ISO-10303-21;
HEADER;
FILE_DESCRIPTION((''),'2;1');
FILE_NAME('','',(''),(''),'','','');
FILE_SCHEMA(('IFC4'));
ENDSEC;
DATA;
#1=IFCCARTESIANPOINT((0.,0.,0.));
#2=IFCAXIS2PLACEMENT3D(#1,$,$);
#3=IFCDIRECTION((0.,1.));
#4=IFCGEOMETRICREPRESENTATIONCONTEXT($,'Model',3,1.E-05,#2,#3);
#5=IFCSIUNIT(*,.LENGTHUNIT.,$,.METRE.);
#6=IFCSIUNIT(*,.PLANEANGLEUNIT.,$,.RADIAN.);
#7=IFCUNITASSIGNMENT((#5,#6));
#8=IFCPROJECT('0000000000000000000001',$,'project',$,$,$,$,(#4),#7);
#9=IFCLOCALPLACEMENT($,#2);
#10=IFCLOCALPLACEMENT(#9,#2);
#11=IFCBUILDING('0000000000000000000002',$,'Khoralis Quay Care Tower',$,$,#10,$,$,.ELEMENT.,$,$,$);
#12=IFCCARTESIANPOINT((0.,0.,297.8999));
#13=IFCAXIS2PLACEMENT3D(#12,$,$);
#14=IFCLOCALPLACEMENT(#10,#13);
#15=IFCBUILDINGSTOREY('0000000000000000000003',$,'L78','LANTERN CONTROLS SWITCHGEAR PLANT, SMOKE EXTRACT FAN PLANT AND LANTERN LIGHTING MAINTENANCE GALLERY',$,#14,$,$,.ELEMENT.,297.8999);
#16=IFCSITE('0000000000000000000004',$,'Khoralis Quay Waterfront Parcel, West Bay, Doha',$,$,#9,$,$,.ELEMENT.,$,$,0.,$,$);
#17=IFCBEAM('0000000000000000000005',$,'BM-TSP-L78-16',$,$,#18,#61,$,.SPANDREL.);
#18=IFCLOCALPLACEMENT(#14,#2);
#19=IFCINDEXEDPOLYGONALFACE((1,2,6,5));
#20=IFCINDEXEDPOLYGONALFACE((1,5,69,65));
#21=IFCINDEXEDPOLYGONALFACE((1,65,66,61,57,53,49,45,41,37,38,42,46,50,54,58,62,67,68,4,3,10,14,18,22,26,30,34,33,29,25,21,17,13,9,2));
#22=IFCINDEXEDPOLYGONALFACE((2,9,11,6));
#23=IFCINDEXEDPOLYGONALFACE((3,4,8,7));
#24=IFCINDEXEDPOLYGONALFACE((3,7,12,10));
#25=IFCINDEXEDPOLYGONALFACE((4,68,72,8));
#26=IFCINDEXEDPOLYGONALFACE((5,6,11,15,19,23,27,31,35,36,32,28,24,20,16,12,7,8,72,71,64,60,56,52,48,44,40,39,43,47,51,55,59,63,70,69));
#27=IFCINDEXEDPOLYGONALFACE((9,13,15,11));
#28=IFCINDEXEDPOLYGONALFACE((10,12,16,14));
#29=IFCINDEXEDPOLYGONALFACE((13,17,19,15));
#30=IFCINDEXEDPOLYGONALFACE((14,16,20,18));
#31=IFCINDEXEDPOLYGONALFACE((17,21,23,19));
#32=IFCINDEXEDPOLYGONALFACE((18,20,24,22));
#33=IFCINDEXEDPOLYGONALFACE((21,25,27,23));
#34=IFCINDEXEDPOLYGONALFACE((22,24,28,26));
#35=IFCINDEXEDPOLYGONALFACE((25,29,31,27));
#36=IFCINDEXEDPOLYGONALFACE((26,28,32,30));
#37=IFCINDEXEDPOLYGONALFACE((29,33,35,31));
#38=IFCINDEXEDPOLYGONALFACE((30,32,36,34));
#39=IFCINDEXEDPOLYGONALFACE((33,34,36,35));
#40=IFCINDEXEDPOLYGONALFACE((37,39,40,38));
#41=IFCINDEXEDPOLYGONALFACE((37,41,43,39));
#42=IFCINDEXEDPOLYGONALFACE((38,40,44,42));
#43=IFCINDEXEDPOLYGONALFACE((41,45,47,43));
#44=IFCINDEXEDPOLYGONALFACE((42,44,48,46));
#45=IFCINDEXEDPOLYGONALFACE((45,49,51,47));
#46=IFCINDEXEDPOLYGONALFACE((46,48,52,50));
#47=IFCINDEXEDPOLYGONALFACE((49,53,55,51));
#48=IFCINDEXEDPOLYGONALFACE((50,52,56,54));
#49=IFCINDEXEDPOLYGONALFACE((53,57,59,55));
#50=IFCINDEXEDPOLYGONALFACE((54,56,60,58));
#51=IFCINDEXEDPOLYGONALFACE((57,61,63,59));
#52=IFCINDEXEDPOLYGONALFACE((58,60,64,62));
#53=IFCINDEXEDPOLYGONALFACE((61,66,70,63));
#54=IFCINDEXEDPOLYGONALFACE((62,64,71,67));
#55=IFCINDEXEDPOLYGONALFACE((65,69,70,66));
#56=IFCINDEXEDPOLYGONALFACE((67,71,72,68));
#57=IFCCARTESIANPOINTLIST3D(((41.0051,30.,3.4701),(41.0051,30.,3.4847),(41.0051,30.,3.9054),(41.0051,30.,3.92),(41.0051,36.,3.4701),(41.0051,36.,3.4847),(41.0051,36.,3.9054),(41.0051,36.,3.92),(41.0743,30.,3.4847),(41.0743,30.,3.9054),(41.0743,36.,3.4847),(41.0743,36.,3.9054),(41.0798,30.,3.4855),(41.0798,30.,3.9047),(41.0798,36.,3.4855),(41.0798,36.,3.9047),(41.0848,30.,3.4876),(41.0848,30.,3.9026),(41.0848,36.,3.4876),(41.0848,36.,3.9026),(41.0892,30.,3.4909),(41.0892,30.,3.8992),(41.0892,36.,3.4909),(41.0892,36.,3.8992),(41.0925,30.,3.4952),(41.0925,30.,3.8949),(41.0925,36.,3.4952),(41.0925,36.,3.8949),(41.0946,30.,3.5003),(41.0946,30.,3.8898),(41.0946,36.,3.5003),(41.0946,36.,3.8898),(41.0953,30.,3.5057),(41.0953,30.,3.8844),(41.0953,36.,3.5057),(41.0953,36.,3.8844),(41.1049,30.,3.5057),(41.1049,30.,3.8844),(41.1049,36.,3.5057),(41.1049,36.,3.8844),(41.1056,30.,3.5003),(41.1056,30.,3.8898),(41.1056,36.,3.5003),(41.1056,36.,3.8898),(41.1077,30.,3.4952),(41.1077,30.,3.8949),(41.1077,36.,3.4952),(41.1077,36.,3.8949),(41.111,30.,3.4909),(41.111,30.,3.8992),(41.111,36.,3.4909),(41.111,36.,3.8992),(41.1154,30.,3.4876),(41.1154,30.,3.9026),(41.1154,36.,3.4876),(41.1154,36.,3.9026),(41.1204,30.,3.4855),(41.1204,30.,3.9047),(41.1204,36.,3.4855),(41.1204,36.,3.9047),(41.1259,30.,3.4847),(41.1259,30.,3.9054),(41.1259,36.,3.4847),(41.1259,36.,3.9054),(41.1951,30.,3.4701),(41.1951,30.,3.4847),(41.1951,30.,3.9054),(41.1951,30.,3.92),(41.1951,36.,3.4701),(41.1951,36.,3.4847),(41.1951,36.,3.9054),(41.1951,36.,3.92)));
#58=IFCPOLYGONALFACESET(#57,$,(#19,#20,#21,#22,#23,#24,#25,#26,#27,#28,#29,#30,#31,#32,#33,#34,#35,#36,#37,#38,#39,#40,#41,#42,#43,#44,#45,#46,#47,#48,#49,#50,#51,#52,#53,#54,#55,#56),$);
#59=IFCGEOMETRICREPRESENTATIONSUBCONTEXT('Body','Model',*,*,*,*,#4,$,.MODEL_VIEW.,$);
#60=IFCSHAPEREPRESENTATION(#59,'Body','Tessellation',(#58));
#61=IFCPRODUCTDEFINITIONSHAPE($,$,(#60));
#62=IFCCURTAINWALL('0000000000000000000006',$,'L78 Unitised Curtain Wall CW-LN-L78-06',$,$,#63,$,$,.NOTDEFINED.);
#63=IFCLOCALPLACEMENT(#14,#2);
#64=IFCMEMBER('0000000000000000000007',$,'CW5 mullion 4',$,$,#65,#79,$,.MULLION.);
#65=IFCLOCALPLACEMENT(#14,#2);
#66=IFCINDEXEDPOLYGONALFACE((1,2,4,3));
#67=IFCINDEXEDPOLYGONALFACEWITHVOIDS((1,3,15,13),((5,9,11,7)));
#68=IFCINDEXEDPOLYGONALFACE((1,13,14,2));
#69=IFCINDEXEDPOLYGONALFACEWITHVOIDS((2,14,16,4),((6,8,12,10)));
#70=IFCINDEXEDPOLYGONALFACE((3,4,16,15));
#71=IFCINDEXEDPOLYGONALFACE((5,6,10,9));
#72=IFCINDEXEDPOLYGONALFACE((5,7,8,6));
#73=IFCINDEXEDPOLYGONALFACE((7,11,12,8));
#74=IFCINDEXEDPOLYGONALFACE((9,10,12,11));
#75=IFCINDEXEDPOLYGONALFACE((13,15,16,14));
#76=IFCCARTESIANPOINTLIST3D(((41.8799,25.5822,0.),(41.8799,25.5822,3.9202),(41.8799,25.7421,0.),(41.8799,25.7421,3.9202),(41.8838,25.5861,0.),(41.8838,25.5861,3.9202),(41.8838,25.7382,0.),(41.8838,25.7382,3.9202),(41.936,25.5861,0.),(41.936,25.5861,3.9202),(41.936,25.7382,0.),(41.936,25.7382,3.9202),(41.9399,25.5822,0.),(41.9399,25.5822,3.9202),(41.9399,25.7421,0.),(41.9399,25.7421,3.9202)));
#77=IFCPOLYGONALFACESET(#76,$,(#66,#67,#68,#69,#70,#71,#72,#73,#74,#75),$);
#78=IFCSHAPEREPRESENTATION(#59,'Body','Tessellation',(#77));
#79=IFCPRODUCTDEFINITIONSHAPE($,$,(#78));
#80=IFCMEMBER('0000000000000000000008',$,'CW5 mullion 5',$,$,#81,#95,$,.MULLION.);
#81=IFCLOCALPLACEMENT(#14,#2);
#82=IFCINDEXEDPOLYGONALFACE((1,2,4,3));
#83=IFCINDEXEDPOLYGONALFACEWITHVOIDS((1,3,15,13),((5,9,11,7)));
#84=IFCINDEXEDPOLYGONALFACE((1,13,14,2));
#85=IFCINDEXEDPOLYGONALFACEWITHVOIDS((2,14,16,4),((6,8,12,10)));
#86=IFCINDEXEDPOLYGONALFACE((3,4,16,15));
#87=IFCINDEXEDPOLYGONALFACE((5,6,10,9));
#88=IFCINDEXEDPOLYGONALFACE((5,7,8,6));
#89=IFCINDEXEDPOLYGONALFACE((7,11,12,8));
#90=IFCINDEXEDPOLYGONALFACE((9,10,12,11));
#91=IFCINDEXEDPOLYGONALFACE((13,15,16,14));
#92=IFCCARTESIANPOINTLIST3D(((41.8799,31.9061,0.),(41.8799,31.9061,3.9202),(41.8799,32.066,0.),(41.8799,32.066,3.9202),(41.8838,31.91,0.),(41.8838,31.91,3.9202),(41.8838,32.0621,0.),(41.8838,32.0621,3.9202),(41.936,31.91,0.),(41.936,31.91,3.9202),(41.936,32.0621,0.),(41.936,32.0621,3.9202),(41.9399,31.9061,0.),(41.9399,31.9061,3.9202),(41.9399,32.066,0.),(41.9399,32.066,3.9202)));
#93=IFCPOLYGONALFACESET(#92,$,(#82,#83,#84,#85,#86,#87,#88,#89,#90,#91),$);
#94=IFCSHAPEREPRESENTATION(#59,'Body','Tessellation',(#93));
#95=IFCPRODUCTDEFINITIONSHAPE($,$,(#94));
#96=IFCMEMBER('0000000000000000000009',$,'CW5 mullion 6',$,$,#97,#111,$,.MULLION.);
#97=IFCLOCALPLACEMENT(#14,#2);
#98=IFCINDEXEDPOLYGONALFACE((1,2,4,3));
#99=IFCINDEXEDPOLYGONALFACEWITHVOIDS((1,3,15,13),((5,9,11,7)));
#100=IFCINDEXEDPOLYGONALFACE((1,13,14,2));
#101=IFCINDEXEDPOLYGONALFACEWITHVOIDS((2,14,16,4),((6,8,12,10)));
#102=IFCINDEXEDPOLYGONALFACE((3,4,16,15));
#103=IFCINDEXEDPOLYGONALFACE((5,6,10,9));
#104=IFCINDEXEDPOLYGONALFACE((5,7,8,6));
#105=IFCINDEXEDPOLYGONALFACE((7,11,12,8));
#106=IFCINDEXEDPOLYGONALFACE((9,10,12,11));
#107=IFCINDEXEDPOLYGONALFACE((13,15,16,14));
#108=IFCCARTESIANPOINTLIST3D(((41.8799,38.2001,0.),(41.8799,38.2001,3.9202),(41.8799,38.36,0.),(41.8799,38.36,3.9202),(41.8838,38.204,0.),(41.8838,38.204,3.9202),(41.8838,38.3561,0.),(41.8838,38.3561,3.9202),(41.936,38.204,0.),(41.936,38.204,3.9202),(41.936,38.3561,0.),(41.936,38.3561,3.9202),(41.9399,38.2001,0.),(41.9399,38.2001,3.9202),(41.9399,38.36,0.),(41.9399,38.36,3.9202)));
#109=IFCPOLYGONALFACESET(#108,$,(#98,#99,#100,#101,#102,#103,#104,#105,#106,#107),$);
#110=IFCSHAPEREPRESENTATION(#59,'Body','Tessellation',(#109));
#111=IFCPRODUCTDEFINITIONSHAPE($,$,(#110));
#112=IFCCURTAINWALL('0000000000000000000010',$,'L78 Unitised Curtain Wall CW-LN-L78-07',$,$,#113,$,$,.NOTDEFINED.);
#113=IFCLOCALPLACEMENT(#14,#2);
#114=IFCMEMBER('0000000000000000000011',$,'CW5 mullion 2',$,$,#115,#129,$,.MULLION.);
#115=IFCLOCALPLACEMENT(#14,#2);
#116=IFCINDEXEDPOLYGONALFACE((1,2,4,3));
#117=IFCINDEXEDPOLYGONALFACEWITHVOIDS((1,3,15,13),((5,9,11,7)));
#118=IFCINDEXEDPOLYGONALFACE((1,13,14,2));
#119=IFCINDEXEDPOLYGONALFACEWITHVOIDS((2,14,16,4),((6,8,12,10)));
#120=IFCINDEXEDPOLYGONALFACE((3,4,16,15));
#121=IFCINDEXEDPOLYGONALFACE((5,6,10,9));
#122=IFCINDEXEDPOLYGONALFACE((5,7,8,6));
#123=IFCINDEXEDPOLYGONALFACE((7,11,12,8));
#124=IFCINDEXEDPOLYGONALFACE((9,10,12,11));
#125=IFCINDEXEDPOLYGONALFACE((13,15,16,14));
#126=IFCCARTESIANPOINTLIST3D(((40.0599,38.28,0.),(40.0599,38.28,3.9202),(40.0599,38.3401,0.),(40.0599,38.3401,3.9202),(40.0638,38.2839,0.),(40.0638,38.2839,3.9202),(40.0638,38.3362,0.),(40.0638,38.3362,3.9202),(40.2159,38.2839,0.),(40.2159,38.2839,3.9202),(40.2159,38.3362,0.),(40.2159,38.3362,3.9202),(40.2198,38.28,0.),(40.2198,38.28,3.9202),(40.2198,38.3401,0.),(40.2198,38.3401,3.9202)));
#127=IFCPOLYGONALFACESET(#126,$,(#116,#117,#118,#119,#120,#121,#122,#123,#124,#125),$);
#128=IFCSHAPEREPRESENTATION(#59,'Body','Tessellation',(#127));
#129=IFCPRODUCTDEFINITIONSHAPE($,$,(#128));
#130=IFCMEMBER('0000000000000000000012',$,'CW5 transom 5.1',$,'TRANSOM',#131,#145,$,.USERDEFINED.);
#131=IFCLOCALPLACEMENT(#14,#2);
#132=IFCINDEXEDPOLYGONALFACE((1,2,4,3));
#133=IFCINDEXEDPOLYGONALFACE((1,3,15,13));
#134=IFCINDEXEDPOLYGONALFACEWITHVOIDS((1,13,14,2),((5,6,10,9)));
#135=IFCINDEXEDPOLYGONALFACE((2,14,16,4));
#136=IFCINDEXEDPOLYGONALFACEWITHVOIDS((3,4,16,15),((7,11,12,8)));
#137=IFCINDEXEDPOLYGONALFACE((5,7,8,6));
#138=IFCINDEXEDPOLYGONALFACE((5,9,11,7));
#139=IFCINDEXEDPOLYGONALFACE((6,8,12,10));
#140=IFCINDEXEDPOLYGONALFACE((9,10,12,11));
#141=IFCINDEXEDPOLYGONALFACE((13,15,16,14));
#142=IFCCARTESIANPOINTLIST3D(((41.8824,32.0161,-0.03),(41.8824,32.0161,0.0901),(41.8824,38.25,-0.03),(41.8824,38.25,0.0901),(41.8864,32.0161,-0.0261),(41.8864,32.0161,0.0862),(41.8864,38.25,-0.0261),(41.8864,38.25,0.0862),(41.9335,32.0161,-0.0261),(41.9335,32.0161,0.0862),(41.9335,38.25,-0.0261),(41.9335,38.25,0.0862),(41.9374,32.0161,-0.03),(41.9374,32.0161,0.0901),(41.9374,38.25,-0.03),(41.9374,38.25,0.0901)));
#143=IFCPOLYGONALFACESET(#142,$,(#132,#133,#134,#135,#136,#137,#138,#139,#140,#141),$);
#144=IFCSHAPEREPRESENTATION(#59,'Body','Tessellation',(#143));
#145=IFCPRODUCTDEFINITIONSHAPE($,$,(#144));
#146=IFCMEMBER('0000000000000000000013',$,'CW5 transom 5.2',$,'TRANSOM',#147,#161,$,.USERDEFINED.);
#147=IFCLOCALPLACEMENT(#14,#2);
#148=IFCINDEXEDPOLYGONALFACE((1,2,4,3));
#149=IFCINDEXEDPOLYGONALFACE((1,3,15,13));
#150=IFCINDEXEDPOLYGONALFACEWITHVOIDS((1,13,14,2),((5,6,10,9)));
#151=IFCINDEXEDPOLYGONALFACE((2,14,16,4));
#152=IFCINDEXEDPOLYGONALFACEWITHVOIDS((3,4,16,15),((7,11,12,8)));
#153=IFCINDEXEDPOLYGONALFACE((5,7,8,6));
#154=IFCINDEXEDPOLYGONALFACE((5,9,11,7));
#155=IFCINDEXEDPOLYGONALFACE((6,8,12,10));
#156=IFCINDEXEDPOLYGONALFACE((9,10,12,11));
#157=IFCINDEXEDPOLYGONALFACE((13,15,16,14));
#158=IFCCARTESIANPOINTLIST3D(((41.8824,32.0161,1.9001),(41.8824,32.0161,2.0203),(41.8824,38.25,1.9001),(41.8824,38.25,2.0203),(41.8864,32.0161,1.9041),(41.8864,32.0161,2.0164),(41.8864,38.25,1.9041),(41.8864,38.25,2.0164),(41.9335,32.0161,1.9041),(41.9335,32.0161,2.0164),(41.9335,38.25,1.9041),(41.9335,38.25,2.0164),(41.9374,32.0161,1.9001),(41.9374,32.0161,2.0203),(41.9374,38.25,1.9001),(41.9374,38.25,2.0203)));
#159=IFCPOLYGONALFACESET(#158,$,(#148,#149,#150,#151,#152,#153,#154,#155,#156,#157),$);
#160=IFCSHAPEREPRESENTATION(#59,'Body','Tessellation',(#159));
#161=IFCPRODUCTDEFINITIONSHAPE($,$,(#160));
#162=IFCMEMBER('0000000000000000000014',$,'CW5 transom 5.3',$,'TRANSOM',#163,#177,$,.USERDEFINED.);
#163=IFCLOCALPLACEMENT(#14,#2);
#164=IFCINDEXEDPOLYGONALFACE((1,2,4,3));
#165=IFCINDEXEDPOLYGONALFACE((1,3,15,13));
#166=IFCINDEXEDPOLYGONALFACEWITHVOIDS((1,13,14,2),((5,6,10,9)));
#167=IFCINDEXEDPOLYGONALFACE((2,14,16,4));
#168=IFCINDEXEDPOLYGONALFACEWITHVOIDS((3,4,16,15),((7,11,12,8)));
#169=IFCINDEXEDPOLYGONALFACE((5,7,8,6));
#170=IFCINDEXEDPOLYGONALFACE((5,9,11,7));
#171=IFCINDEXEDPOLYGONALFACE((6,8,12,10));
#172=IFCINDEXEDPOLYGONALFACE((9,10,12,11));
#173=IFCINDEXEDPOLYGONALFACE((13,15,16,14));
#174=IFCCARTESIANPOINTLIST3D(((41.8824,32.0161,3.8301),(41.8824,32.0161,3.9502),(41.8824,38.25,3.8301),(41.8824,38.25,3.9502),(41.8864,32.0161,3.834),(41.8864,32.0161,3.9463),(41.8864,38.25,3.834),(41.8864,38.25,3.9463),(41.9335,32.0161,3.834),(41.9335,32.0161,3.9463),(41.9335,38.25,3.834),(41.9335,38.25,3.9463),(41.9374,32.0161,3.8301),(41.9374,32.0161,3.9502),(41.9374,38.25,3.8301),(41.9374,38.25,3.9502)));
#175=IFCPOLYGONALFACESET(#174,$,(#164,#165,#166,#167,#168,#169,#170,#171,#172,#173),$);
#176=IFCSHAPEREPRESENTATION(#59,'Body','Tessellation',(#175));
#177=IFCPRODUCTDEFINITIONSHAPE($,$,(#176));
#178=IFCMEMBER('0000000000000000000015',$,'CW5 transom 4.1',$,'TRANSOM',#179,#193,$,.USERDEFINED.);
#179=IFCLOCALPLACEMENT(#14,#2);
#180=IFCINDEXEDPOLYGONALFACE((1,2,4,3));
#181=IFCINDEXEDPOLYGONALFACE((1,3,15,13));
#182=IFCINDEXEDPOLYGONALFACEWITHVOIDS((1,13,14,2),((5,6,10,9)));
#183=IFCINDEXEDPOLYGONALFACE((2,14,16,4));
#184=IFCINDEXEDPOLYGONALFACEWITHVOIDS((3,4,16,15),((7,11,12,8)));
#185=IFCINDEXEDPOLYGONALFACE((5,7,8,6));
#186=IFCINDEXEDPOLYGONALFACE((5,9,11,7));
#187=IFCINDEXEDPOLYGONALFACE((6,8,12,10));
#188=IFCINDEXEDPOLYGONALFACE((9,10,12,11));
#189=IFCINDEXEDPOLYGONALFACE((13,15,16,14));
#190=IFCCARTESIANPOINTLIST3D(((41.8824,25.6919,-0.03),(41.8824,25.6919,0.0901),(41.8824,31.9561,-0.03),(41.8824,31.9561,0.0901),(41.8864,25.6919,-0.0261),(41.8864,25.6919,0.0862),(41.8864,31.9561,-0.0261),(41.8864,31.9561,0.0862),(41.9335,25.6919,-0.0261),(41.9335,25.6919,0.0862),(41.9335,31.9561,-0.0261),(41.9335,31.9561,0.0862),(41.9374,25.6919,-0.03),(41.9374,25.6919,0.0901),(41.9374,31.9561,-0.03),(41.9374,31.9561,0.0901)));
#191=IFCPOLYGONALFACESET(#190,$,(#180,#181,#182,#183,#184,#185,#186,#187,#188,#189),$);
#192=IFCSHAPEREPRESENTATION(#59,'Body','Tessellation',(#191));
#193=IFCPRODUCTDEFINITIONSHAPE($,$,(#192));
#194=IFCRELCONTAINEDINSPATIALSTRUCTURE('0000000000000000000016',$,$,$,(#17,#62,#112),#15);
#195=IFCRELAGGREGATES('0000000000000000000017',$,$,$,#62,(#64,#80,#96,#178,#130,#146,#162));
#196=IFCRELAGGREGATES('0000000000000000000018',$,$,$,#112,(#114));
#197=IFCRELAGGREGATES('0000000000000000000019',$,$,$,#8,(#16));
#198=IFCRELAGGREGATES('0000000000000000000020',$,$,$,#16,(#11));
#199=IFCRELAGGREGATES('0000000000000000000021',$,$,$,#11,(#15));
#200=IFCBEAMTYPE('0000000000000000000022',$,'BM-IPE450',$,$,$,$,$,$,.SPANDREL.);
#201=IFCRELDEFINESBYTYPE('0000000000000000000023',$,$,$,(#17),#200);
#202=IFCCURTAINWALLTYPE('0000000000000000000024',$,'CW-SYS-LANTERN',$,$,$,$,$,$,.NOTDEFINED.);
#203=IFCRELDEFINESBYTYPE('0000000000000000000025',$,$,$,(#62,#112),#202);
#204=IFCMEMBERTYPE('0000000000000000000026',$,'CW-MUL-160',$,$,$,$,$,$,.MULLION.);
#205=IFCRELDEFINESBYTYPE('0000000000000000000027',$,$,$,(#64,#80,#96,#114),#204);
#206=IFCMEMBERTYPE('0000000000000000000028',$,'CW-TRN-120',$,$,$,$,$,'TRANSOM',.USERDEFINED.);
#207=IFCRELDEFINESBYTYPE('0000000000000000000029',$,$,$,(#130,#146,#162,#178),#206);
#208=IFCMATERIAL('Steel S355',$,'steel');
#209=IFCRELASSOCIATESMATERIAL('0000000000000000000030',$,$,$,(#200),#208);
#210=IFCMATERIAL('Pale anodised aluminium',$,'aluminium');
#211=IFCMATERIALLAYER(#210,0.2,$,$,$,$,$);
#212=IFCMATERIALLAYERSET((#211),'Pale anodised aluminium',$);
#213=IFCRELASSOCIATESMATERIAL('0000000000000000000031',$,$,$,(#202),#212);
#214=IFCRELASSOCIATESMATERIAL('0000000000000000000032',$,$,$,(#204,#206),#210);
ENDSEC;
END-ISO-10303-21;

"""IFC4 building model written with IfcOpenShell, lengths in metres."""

from ifc_helpers import new_model, si_unit, direction, frame, origin, origin_2d, place, context, subcontext, project, spatial, hollow_rectangle, i_section, extrude, source, transform, mapped, material, layer, layer_set, material_profile, profile_set, type_object, element, aggregate, save


model = new_model("IFC4")

# Units and contexts
model_context = context("Model", 3, precision=1e-05, world=origin(), true_north=direction((0.0, 1.0)))
body_context = subcontext(model_context, "Body", "Model", "MODEL_VIEW")
ifc_project = project(units=[si_unit("LENGTHUNIT", "METRE"), si_unit("PLANEANGLEUNIT", "RADIAN")], contexts=[model_context])

# Site, building, storey
site_placement = place(None, origin())
site = spatial("IfcSite", under=ifc_project, at=site_placement, Name="Khoralis Quay Waterfront Parcel, West Bay, Doha", CompositionType="ELEMENT", RefElevation=0.0)
building_placement = place(site_placement, origin())
building = spatial("IfcBuilding", under=site, at=building_placement, Name="Khoralis Quay Care Tower", CompositionType="ELEMENT")
storey_placement = place(building_placement, frame((0.0, 0.0, 297.8999)))
storey = spatial("IfcBuildingStorey", under=building, at=storey_placement, Name="L78", Description="LANTERN CONTROLS SWITCHGEAR PLANT, SMOKE EXTRACT FAN PLANT AND LANTERN LIGHTING MAINTENANCE GALLERY", CompositionType="ELEMENT", Elevation=297.8999)

# Shared definitions
ifc_material_1 = material(Name="Steel S355", Category="steel")

# Beam
ifc_material_profile_1 = material_profile(ifc_material_1, i_section(OverallWidth=0.1899, OverallDepth=0.45, WebThickness=0.0095, FlangeThickness=0.0146, FilletRadius=0.021, at=origin_2d()), Name="Steel S355")
ifc_profile_set_1 = profile_set([ifc_material_profile_1], Name="Steel S355")
beam_type = type_object("IfcBeamType", Name="BM-IPE450", PredefinedType="SPANDREL", material=ifc_profile_set_1)
shared_shape_1 = source(origin(), body_context, "Body", "SweptSolid", [
    extrude(i_section(OverallWidth=0.1899, OverallDepth=0.45, WebThickness=0.0095, FlangeThickness=0.0146, FilletRadius=0.021, at=origin_2d()), origin(), (0.0, 0.0, 1.0), 6.0),
])
for number, where, z_axis, x_axis, name in (
    (1, (41.1001, 30.0, 3.6951), (0.0, 1.0, 0.0), (-1.0, 0.0, 0.0), "BM-TSP-L78-16"),
):
    element("IfcBeam", number, at=place(storey_placement, frame(where, z_axis=z_axis, x_axis=x_axis)), inside=storey, type_object=beam_type, Name=name, PredefinedType="SPANDREL", context=body_context, shape_type="MappedRepresentation", body=[
        mapped(shared_shape_1, transform((0.0, 0.0, 0.0), scale=1.0)),
    ])

# Curtain wall, members
ifc_material_2 = material(Name="Pale anodised aluminium", Category="aluminium")
ifc_layer_1 = layer(ifc_material_2, 0.2)
ifc_layer_set_1 = layer_set([ifc_layer_1], Name="Pale anodised aluminium")
curtain_wall_type = type_object("IfcCurtainWallType", Name="CW-SYS-LANTERN", PredefinedType="NOTDEFINED", material=ifc_layer_set_1)
curtain_wall_1_placement = place(storey_placement, origin())
curtain_wall_1 = element("IfcCurtainWall", 2, at=curtain_wall_1_placement, inside=storey, type_object=curtain_wall_type, Name="L78 Unitised Curtain Wall CW-LN-L78-06", PredefinedType="NOTDEFINED")
ifc_material_profile_2 = material_profile(ifc_material_2, hollow_rectangle(XDim=0.0601, YDim=0.1599, WallThickness=0.0039, at=origin_2d()), Name="Pale anodised aluminium")
ifc_profile_set_2 = profile_set([ifc_material_profile_2], Name="Pale anodised aluminium")
member_type_1 = type_object("IfcMemberType", Name="CW-MUL-160", PredefinedType="MULLION", material=ifc_profile_set_2)
shared_shape_2 = source(origin(), body_context, "Body", "SweptSolid", [
    extrude(hollow_rectangle(XDim=0.0601, YDim=0.1599, WallThickness=0.0039, at=origin_2d()), origin(), (0.0, 0.0, 1.0), 3.9202),
])
member_1_placement = place(storey_placement, frame((41.9099, 25.6621, 0.0), z_axis=(0.0, 0.0, 1.0), x_axis=(-1.0, 0.0, 0.0)))
member_1 = element("IfcMember", 3, at=member_1_placement, type_object=member_type_1, Name="CW5 mullion 4", PredefinedType="MULLION", context=body_context, shape_type="MappedRepresentation", body=[
    mapped(shared_shape_2, transform((0.0, 0.0, 0.0), scale=1.0)),
])
member_2_placement = place(storey_placement, frame((41.9099, 31.9861, 0.0), z_axis=(0.0, 0.0, 1.0), x_axis=(-1.0, 0.0, 0.0)))
member_2 = element("IfcMember", 4, at=member_2_placement, type_object=member_type_1, Name="CW5 mullion 5", PredefinedType="MULLION", context=body_context, shape_type="MappedRepresentation", body=[
    mapped(shared_shape_2, transform((0.0, 0.0, 0.0), scale=1.0)),
])
member_3_placement = place(storey_placement, frame((41.9099, 38.28, 0.0), z_axis=(0.0, 0.0, 1.0), x_axis=(-1.0, 0.0, 0.0)))
member_3 = element("IfcMember", 5, at=member_3_placement, type_object=member_type_1, Name="CW5 mullion 6", PredefinedType="MULLION", context=body_context, shape_type="MappedRepresentation", body=[
    mapped(shared_shape_2, transform((0.0, 0.0, 0.0), scale=1.0)),
])

# Curtain wall, member
curtain_wall_2_placement = place(storey_placement, origin())
curtain_wall_2 = element("IfcCurtainWall", 6, at=curtain_wall_2_placement, inside=storey, type_object=curtain_wall_type, Name="L78 Unitised Curtain Wall CW-LN-L78-07", PredefinedType="NOTDEFINED")
member_4_placement = place(storey_placement, frame((40.1399, 38.3101, 0.0), z_axis=(0.0, 0.0, 1.0), x_axis=(0.0, -1.0, 0.0)))
member_4 = element("IfcMember", 7, at=member_4_placement, type_object=member_type_1, Name="CW5 mullion 2", PredefinedType="MULLION", context=body_context, shape_type="MappedRepresentation", body=[
    mapped(shared_shape_2, transform((0.0, 0.0, 0.0), scale=1.0)),
])

# Members
ifc_material_profile_3 = material_profile(ifc_material_2, hollow_rectangle(XDim=0.0549, YDim=0.1201, WallThickness=0.0039, at=origin_2d()), Name="Pale anodised aluminium")
ifc_profile_set_3 = profile_set([ifc_material_profile_3], Name="Pale anodised aluminium")
member_type_2 = type_object("IfcMemberType", Name="CW-TRN-120", ElementType="TRANSOM", PredefinedType="USERDEFINED", material=ifc_profile_set_3)
shared_shape_3 = source(origin(), body_context, "Body", "SweptSolid", [
    extrude(hollow_rectangle(XDim=0.0549, YDim=0.1201, WallThickness=0.0039, at=origin_2d()), origin(), (0.0, 0.0, 1.0), 6.2339),
])
member_5_placement = place(storey_placement, frame((41.9099, 32.0161, 0.03), z_axis=(0.0, 1.0, 0.0), x_axis=(-1.0, 0.0, 0.0)))
member_5 = element("IfcMember", 8, at=member_5_placement, type_object=member_type_2, Name="CW5 transom 5.1", ObjectType="TRANSOM", PredefinedType="USERDEFINED", context=body_context, shape_type="MappedRepresentation", body=[
    mapped(shared_shape_3, transform((0.0, 0.0, 0.0), scale=1.0)),
])
member_6_placement = place(storey_placement, frame((41.9099, 32.0161, 1.9602), z_axis=(0.0, 1.0, 0.0), x_axis=(-1.0, 0.0, 0.0)))
member_6 = element("IfcMember", 9, at=member_6_placement, type_object=member_type_2, Name="CW5 transom 5.2", ObjectType="TRANSOM", PredefinedType="USERDEFINED", context=body_context, shape_type="MappedRepresentation", body=[
    mapped(shared_shape_3, transform((0.0, 0.0, 0.0), scale=1.0)),
])
member_7_placement = place(storey_placement, frame((41.9099, 32.0161, 3.8901), z_axis=(0.0, 1.0, 0.0), x_axis=(-1.0, 0.0, 0.0)))
member_7 = element("IfcMember", 10, at=member_7_placement, type_object=member_type_2, Name="CW5 transom 5.3", ObjectType="TRANSOM", PredefinedType="USERDEFINED", context=body_context, shape_type="MappedRepresentation", body=[
    mapped(shared_shape_3, transform((0.0, 0.0, 0.0), scale=1.0)),
])
shared_shape_4 = source(origin(), body_context, "Body", "SweptSolid", [
    extrude(hollow_rectangle(XDim=0.0549, YDim=0.1201, WallThickness=0.0039, at=origin_2d()), origin(), (0.0, 0.0, 1.0), 6.2642),
])
member_8_placement = place(storey_placement, frame((41.9099, 25.6919, 0.03), z_axis=(0.0, 1.0, 0.0), x_axis=(-1.0, 0.0, 0.0)))
member_8 = element("IfcMember", 11, at=member_8_placement, type_object=member_type_2, Name="CW5 transom 4.1", ObjectType="TRANSOM", PredefinedType="USERDEFINED", context=body_context, shape_type="MappedRepresentation", body=[
    mapped(shared_shape_4, transform((0.0, 0.0, 0.0), scale=1.0)),
])

aggregate(curtain_wall_1, [member_1, member_2, member_3, member_8, member_5, member_6, member_7])
aggregate(curtain_wall_2, [member_4])

save(model, "model.ifc")
